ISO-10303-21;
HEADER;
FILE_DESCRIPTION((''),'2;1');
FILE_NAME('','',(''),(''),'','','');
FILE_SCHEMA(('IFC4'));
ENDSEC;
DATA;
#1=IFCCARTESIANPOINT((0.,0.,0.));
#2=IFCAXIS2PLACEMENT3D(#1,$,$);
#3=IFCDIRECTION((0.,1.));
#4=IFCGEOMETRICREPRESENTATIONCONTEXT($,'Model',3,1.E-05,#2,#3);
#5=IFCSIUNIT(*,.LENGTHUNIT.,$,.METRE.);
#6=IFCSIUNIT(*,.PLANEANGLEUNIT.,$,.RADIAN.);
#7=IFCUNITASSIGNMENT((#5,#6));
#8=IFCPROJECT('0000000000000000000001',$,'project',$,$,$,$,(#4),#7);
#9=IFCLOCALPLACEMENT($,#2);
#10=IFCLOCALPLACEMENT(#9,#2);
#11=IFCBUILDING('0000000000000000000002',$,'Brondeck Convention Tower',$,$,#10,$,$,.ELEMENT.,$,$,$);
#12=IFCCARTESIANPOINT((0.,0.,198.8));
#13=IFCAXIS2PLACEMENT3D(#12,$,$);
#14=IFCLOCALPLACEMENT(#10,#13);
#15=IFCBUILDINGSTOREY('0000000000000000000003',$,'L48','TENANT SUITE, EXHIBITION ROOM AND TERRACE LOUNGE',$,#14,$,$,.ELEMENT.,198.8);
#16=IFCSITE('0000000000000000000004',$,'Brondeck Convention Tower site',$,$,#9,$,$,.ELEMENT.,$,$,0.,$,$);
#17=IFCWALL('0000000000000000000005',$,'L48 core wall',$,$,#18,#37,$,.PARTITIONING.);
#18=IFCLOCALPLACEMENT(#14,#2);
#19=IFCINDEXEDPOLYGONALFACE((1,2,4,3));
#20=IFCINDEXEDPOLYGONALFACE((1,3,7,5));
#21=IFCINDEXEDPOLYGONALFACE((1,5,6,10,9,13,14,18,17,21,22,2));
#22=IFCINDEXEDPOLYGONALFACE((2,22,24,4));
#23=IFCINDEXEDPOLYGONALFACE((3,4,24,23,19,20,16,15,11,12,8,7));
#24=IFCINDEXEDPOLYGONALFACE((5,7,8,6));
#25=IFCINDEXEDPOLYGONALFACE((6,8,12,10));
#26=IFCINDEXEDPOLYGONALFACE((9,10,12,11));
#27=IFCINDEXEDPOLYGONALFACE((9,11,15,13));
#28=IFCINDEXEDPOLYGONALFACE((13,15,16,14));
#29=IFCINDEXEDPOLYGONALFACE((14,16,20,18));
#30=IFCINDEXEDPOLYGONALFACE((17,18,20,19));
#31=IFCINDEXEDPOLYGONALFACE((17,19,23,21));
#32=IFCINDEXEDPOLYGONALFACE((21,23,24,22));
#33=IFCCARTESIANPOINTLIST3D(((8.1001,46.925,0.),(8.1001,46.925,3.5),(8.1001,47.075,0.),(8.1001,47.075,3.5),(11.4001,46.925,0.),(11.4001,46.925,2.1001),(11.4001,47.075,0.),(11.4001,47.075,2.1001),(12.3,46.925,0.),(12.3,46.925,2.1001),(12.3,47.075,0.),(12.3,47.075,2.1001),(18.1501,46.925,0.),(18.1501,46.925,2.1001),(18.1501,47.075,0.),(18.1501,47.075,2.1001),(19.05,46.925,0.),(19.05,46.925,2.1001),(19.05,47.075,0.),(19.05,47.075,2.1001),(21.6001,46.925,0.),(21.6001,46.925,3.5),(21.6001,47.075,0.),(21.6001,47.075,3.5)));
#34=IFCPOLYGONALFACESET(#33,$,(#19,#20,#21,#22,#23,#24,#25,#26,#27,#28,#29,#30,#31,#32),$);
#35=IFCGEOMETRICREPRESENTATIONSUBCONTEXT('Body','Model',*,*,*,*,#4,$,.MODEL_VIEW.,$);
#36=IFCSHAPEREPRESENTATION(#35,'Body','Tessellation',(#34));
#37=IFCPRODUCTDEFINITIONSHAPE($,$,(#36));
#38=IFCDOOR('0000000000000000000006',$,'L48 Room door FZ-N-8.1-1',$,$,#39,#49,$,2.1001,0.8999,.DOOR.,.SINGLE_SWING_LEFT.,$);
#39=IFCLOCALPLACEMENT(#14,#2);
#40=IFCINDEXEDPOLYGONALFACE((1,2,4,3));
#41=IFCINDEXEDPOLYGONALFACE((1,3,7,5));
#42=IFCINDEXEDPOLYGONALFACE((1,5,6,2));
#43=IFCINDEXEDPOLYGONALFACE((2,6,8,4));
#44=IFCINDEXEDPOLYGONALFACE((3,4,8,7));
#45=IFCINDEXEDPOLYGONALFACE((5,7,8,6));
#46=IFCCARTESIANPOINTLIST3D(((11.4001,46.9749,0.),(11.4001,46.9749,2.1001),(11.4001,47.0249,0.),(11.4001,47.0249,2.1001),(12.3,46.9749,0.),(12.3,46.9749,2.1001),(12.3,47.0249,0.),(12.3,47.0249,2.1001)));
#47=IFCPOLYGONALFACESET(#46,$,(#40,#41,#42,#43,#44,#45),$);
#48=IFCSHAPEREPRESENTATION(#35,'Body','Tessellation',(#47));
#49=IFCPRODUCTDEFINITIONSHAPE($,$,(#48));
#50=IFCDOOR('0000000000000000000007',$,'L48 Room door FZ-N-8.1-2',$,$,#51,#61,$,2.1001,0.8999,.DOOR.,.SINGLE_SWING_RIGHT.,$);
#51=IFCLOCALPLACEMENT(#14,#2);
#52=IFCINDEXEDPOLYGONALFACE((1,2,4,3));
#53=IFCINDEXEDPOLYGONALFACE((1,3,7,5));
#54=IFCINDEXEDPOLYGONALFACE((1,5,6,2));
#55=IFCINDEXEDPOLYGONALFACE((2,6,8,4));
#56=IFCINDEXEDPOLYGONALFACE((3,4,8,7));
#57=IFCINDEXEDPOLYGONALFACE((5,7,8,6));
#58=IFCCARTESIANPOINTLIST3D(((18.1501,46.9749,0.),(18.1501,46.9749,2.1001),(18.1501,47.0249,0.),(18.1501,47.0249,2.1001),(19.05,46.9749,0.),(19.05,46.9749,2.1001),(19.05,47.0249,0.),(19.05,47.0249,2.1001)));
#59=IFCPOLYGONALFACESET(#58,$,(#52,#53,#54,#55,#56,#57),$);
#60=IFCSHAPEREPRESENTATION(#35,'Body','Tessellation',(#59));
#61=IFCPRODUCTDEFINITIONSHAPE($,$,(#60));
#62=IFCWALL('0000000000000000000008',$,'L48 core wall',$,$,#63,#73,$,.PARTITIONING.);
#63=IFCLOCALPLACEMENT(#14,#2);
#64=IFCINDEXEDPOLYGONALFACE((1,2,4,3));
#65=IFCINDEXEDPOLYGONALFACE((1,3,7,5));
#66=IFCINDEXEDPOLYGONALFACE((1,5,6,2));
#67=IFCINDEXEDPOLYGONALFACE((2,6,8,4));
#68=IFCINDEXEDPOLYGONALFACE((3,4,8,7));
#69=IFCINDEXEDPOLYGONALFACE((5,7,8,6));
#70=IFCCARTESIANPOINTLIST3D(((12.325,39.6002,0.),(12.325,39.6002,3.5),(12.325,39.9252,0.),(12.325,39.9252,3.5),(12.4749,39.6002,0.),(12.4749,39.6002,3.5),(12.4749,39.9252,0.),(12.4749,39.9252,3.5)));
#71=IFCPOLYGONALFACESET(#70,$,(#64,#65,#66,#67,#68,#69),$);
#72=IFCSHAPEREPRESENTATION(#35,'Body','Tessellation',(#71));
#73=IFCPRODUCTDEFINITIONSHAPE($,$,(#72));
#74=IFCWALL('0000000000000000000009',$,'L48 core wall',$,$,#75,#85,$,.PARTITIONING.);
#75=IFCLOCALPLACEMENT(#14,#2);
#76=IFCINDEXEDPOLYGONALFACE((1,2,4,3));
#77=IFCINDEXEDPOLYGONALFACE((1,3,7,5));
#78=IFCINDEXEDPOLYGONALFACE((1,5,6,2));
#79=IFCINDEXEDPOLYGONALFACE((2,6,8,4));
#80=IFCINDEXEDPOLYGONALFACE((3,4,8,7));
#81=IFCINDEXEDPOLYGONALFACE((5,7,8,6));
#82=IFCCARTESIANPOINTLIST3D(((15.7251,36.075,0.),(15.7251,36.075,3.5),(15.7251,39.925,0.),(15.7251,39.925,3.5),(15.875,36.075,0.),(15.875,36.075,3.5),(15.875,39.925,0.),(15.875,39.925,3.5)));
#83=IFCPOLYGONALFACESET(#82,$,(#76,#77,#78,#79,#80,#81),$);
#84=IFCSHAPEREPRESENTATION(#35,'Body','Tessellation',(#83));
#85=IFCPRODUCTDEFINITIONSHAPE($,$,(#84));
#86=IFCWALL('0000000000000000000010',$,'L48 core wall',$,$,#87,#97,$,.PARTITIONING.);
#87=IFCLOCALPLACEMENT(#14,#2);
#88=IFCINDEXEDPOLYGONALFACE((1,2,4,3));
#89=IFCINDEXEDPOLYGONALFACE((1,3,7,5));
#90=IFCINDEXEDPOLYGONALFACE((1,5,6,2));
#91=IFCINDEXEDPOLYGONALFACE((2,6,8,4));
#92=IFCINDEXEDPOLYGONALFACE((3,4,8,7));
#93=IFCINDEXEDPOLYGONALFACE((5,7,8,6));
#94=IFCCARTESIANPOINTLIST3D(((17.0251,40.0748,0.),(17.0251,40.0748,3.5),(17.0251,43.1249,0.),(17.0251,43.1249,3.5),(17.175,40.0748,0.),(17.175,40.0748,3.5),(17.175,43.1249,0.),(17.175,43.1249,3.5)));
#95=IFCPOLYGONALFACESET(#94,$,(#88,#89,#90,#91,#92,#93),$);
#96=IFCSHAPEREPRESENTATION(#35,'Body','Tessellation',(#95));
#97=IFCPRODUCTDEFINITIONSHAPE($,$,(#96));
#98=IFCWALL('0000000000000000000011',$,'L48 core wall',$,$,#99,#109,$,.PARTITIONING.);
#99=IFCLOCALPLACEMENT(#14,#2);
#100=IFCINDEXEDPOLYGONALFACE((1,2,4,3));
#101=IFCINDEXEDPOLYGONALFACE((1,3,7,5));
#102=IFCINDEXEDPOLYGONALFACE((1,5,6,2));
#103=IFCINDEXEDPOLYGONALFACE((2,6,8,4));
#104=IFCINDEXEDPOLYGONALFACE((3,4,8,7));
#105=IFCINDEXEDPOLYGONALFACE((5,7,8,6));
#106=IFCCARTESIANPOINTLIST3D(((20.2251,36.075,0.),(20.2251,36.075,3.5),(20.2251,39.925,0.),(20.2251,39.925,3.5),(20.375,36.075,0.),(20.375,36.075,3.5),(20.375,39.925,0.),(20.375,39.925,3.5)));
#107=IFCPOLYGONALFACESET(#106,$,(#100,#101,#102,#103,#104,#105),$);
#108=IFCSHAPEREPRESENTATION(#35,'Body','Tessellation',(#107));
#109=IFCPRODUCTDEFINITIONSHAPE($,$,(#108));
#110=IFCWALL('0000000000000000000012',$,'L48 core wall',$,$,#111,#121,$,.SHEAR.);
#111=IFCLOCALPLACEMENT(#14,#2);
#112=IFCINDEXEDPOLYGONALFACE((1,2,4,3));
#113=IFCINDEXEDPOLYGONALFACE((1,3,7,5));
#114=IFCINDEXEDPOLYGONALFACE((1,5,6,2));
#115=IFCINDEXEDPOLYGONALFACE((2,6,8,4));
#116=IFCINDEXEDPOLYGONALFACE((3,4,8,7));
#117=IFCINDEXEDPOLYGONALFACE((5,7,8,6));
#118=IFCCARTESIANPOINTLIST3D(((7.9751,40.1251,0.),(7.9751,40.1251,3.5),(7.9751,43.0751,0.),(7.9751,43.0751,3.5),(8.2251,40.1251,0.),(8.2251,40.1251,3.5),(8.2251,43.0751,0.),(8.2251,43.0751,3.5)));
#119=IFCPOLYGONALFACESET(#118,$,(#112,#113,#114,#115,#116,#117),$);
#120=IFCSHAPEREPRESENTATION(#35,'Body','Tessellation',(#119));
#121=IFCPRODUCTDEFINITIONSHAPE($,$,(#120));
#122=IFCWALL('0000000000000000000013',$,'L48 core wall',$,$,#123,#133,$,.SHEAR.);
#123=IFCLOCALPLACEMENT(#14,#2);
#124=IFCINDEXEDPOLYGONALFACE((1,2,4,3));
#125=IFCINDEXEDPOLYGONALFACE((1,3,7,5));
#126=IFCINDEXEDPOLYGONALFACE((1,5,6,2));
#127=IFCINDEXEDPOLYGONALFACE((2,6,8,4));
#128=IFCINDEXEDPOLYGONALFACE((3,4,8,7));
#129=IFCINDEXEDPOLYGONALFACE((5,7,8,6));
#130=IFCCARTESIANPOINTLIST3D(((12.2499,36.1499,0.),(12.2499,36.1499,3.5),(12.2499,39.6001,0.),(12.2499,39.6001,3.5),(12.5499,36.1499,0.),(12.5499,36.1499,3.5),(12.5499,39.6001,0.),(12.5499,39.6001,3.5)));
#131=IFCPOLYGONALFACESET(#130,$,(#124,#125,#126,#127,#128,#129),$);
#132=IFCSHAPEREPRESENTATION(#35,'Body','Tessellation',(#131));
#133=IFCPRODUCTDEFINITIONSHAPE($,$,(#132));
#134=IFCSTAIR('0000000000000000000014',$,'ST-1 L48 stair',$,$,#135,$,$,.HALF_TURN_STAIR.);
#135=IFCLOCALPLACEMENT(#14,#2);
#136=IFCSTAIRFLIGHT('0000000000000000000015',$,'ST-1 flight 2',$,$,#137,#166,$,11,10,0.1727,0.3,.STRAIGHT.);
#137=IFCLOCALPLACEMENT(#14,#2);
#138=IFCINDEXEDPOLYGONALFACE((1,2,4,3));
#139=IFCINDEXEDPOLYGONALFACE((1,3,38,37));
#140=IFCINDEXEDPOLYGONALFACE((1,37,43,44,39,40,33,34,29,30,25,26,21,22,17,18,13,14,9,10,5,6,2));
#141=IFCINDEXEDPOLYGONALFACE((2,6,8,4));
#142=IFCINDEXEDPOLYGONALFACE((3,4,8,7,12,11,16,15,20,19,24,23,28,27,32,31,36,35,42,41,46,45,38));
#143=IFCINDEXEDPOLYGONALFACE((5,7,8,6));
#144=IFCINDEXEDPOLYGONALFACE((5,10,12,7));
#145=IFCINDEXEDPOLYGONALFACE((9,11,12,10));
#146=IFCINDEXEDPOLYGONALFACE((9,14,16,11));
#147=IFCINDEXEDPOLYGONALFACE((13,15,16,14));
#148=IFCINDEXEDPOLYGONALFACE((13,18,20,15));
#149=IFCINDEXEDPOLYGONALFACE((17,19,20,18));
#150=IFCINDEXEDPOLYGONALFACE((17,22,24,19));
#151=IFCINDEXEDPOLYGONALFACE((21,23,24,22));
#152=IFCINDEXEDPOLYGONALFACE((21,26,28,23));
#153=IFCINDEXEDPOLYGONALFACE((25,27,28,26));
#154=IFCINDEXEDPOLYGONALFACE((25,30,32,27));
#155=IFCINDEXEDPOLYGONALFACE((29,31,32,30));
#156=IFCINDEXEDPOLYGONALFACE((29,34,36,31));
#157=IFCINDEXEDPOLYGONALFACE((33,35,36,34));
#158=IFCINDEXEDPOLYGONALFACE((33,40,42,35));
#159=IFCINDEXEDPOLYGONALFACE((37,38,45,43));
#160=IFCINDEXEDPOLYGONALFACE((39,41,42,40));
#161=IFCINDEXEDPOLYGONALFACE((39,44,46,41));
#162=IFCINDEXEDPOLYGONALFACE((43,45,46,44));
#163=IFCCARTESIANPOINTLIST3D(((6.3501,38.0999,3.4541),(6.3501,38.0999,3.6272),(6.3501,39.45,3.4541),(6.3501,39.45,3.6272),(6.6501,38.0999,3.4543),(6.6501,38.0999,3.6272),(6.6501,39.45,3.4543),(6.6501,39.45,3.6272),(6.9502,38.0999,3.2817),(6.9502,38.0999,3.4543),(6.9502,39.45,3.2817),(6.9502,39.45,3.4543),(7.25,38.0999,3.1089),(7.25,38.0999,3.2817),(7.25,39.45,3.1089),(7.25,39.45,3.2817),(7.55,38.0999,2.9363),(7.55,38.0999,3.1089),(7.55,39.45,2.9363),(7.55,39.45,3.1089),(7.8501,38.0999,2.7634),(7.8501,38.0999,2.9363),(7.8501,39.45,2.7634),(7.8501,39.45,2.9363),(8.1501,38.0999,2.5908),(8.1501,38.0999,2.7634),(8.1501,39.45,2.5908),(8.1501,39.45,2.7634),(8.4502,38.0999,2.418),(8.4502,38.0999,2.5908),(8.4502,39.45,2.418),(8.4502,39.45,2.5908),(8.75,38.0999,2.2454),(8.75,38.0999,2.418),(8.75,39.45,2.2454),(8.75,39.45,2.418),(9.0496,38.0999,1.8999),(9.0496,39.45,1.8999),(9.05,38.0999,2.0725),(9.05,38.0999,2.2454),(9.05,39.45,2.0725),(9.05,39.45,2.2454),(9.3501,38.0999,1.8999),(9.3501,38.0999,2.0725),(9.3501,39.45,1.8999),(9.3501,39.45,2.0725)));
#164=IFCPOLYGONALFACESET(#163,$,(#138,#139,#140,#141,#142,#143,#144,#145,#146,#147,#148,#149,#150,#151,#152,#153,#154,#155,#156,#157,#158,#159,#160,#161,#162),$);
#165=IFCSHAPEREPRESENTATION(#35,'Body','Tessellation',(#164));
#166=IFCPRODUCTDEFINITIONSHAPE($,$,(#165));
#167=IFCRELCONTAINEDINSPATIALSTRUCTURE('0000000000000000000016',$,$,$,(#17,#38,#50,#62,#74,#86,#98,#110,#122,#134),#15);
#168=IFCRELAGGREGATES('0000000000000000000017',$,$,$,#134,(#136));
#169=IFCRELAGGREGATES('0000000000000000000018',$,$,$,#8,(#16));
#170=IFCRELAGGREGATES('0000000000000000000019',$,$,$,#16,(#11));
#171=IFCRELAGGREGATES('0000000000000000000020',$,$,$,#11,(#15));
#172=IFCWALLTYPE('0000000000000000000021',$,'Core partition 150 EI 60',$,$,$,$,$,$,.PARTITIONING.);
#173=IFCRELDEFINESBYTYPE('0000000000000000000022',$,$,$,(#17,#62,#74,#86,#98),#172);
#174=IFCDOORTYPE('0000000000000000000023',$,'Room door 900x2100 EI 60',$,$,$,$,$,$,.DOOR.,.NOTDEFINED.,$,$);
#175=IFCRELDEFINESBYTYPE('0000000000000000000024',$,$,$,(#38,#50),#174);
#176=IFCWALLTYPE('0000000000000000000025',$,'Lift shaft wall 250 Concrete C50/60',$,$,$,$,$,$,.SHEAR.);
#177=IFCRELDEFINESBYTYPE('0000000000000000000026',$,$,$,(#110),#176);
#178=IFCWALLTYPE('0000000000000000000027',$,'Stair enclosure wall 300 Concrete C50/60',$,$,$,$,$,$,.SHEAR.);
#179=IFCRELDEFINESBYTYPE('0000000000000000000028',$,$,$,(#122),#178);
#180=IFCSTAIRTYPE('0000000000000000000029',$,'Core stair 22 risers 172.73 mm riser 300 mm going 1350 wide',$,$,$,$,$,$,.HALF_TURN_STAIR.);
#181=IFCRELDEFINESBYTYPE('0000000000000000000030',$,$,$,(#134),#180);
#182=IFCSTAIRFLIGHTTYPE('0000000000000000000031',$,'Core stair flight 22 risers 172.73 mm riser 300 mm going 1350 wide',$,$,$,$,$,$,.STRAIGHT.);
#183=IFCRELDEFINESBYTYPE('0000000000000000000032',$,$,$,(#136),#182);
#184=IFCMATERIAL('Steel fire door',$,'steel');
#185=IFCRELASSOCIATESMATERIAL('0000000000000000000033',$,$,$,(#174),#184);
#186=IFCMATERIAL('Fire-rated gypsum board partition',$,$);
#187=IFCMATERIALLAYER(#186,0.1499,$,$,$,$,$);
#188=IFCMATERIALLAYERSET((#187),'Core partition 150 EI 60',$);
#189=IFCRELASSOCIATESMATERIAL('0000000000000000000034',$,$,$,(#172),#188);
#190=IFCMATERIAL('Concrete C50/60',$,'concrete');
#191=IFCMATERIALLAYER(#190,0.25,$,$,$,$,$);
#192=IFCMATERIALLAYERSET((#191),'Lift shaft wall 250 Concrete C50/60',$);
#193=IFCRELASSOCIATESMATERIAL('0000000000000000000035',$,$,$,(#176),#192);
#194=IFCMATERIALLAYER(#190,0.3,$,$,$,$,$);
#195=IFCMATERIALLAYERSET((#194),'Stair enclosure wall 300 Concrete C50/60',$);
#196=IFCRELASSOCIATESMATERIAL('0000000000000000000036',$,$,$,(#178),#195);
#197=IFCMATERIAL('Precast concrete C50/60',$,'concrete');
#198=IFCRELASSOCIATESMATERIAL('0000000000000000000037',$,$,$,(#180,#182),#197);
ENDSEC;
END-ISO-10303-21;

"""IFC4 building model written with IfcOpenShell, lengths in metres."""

from ifc_helpers import new_model, si_unit, direction, frame, frame_2d, origin, place, context, subcontext, project, spatial, polyline, rectangle, outline, extrude, material, layer, layer_set, type_object, element, fill, aggregate, save


model = new_model("IFC4")

# Units and contexts
model_context = context("Model", 3, precision=1e-05, world=origin(), true_north=direction((0.0, 1.0)))
body_context = subcontext(model_context, "Body", "Model", "MODEL_VIEW")
ifc_project = project(units=[si_unit("LENGTHUNIT", "METRE"), si_unit("PLANEANGLEUNIT", "RADIAN")], contexts=[model_context])

# Site, building, storey
site_placement = place(None, origin())
site = spatial("IfcSite", under=ifc_project, at=site_placement, Name="Brondeck Convention Tower site", CompositionType="ELEMENT", RefElevation=0.0)
building_placement = place(site_placement, origin())
building = spatial("IfcBuilding", under=site, at=building_placement, Name="Brondeck Convention Tower", CompositionType="ELEMENT")
storey_placement = place(building_placement, frame((0.0, 0.0, 198.8)))
storey = spatial("IfcBuildingStorey", under=building, at=storey_placement, Name="L48", Description="TENANT SUITE, EXHIBITION ROOM AND TERRACE LOUNGE", CompositionType="ELEMENT", Elevation=198.8)

# Shared definitions
ifc_material_1 = material(Name="Concrete C50/60", Category="concrete")
ifc_material_2 = material(Name="Steel fire door", Category="steel")
door_type_1 = type_object("IfcDoorType", Name="Room door 900x2100 EI 60", OperationType="NOTDEFINED", PredefinedType="DOOR", material=ifc_material_2)

# Shared definitions
ifc_material_3 = material(Name="Fire-rated gypsum board partition")
ifc_layer_1 = layer(ifc_material_3, 0.1499)
ifc_layer_set_1 = layer_set([ifc_layer_1], Name="Core partition 150 EI 60")
wall_type_1 = type_object("IfcWallType", Name="Core partition 150 EI 60", PredefinedType="PARTITIONING", material=ifc_layer_set_1)

# Wall, openings, doors
wall_1_placement = place(storey_placement, frame((8.1001, 47.0, 0.0), z_axis=(0.0, 0.0, 1.0), x_axis=(1.0, 0.0, 0.0)))
wall_1 = element("IfcWall", 1, at=wall_1_placement, inside=storey, type_object=wall_type_1, Name="L48 core wall", PredefinedType="PARTITIONING", context=body_context, shape_type="SweptSolid", body=[
    extrude(rectangle(XDim=13.5, YDim=0.1499, at=frame_2d((6.75, 0.0))), origin(), (0.0, 0.0, 1.0), 3.5),
])
opening_1_placement = place(wall_1_placement, frame((3.3, 0.0, 0.0)))
opening_1 = element("IfcOpeningElement", 2, at=opening_1_placement, cuts=wall_1, PredefinedType="OPENING", context=body_context, shape_type="SweptSolid", body=[
    extrude(rectangle(XDim=0.8999, YDim=2.1001, at=frame_2d((0.45, 1.05))), frame((0.0, 0.085, 0.0), z_axis=(0.0, -1.0, 0.0), x_axis=(1.0, 0.0, 0.0)), (0.0, 0.0, 1.0), 0.1699),
])
opening_2_placement = place(wall_1_placement, frame((10.05, 0.0, 0.0)))
opening_2 = element("IfcOpeningElement", 3, at=opening_2_placement, cuts=wall_1, PredefinedType="OPENING", context=body_context, shape_type="SweptSolid", body=[
    extrude(rectangle(XDim=0.8999, YDim=2.1001, at=frame_2d((0.45, 1.05))), frame((0.0, 0.085, 0.0), z_axis=(0.0, -1.0, 0.0), x_axis=(1.0, 0.0, 0.0)), (0.0, 0.0, 1.0), 0.1699),
])
door_1_placement = place(opening_1_placement, origin())
door_1 = element("IfcDoor", 4, at=door_1_placement, inside=storey, type_object=door_type_1, Name="L48 Room door FZ-N-8.1-1", OperationType="SINGLE_SWING_LEFT", OverallHeight=2.1001, OverallWidth=0.8999, PredefinedType="DOOR", context=body_context, shape_type="SweptSolid", body=[
    extrude(rectangle(XDim=0.8999, YDim=2.1001, at=frame_2d((0.45, 1.05))), frame((0.0, 0.0249, 0.0), z_axis=(0.0, -1.0, 0.0), x_axis=(1.0, 0.0, 0.0)), (0.0, 0.0, 1.0), 0.05),
])
fill(opening_1, door_1)
door_2_placement = place(opening_2_placement, origin())
door_2 = element("IfcDoor", 5, at=door_2_placement, inside=storey, type_object=door_type_1, Name="L48 Room door FZ-N-8.1-2", OperationType="SINGLE_SWING_RIGHT", OverallHeight=2.1001, OverallWidth=0.8999, PredefinedType="DOOR", context=body_context, shape_type="SweptSolid", body=[
    extrude(rectangle(XDim=0.8999, YDim=2.1001, at=frame_2d((0.45, 1.05))), frame((0.0, 0.0249, 0.0), z_axis=(0.0, -1.0, 0.0), x_axis=(1.0, 0.0, 0.0)), (0.0, 0.0, 1.0), 0.05),
])
fill(opening_2, door_2)

# Walls
wall_2_placement = place(storey_placement, frame((12.3999, 39.6001, 0.0), z_axis=(0.0, 0.0, 1.0), x_axis=(0.0, 1.0, 0.0)))
element("IfcWall", 6, at=wall_2_placement, inside=storey, type_object=wall_type_1, Name="L48 core wall", PredefinedType="PARTITIONING", context=body_context, shape_type="SweptSolid", body=[
    extrude(rectangle(XDim=0.325, YDim=0.1499, at=frame_2d((0.1626, 0.0))), origin(), (0.0, 0.0, 1.0), 3.5),
])
wall_3_placement = place(storey_placement, frame((15.8, 36.075, 0.0), z_axis=(0.0, 0.0, 1.0), x_axis=(0.0, 1.0, 0.0)))
element("IfcWall", 7, at=wall_3_placement, inside=storey, type_object=wall_type_1, Name="L48 core wall", PredefinedType="PARTITIONING", context=body_context, shape_type="SweptSolid", body=[
    extrude(rectangle(XDim=3.8501, YDim=0.1499, at=frame_2d((1.925, 0.0))), origin(), (0.0, 0.0, 1.0), 3.5),
])
wall_4_placement = place(storey_placement, frame((17.1001, 40.075, 0.0), z_axis=(0.0, 0.0, 1.0), x_axis=(0.0, 1.0, 0.0)))
element("IfcWall", 8, at=wall_4_placement, inside=storey, type_object=wall_type_1, Name="L48 core wall", PredefinedType="PARTITIONING", context=body_context, shape_type="SweptSolid", body=[
    extrude(rectangle(XDim=3.05, YDim=0.1499, at=frame_2d((1.5249, 0.0))), origin(), (0.0, 0.0, 1.0), 3.5),
])
wall_5_placement = place(storey_placement, frame((20.3, 36.075, 0.0), z_axis=(0.0, 0.0, 1.0), x_axis=(0.0, 1.0, 0.0)))
element("IfcWall", 9, at=wall_5_placement, inside=storey, type_object=wall_type_1, Name="L48 core wall", PredefinedType="PARTITIONING", context=body_context, shape_type="SweptSolid", body=[
    extrude(rectangle(XDim=3.8501, YDim=0.1499, at=frame_2d((1.925, 0.0))), origin(), (0.0, 0.0, 1.0), 3.5),
])
ifc_layer_2 = layer(ifc_material_1, 0.25)
ifc_layer_set_2 = layer_set([ifc_layer_2], Name="Lift shaft wall 250 Concrete C50/60")
wall_type_2 = type_object("IfcWallType", Name="Lift shaft wall 250 Concrete C50/60", PredefinedType="SHEAR", material=ifc_layer_set_2)
wall_6_placement = place(storey_placement, frame((8.1001, 40.125, 0.0), z_axis=(0.0, 0.0, 1.0), x_axis=(0.0, 1.0, 0.0)))
element("IfcWall", 10, at=wall_6_placement, inside=storey, type_object=wall_type_2, Name="L48 core wall", PredefinedType="SHEAR", context=body_context, shape_type="SweptSolid", body=[
    extrude(rectangle(XDim=2.95, YDim=0.25, at=frame_2d((1.4751, 0.0))), origin(), (0.0, 0.0, 1.0), 3.5),
])
ifc_layer_3 = layer(ifc_material_1, 0.3)
ifc_layer_set_3 = layer_set([ifc_layer_3], Name="Stair enclosure wall 300 Concrete C50/60")
wall_type_3 = type_object("IfcWallType", Name="Stair enclosure wall 300 Concrete C50/60", PredefinedType="SHEAR", material=ifc_layer_set_3)
wall_7_placement = place(storey_placement, frame((12.3999, 36.1499, 0.0), z_axis=(0.0, 0.0, 1.0), x_axis=(0.0, 1.0, 0.0)))
element("IfcWall", 11, at=wall_7_placement, inside=storey, type_object=wall_type_3, Name="L48 core wall", PredefinedType="SHEAR", context=body_context, shape_type="SweptSolid", body=[
    extrude(rectangle(XDim=3.4502, YDim=0.3, at=frame_2d((1.7251, 0.0))), origin(), (0.0, 0.0, 1.0), 3.5),
])

# Stair, stair flight
ifc_material_4 = material(Name="Precast concrete C50/60", Category="concrete")
stair_type = type_object("IfcStairType", Name="Core stair 22 risers 172.73 mm riser 300 mm going 1350 wide", PredefinedType="HALF_TURN_STAIR", material=ifc_material_4)
stair_placement = place(storey_placement, origin())
stair = element("IfcStair", 12, at=stair_placement, inside=storey, type_object=stair_type, Name="ST-1 L48 stair", PredefinedType="HALF_TURN_STAIR")
stair_flight_type = type_object("IfcStairFlightType", Name="Core stair flight 22 risers 172.73 mm riser 300 mm going 1350 wide", PredefinedType="STRAIGHT", material=ifc_material_4)
stair_flight_placement = place(storey_placement, frame((9.3501, 38.7749, 1.8999), z_axis=(0.0, 0.0, 1.0), x_axis=(-1.0, 0.0, 0.0)))
stair_flight = element("IfcStairFlight", 13, at=stair_flight_placement, type_object=stair_flight_type, Name="ST-1 flight 2", NumberOfRisers=11, NumberOfTreads=10, PredefinedType="STRAIGHT", RiserHeight=0.1727, TreadLength=0.3, context=body_context, shape_type="SweptSolid", body=[
    extrude(outline(polyline([(0.0, 0.0), (0.0, 0.1726), (0.3, 0.1726), (0.3, 0.3455), (0.6001, 0.3455), (0.6001, 0.5181), (0.8999, 0.5181), (0.8999, 0.6909), (1.2, 0.6909), (1.2, 0.8635), (1.5, 0.8635), (1.5, 1.0364), (1.8, 1.0364), (1.8, 1.209), (2.1001, 1.209), (2.1001, 1.3818), (2.3999, 1.3818), (2.3999, 1.5544), (2.7, 1.5544), (2.7, 1.7273), (3.0, 1.7273), (3.0, 1.8999), (3.0, 1.5542), (0.3005, 0.0), (0.0, 0.0)])), frame((0.0, 0.675, 0.0), z_axis=(0.0, -1.0, 0.0), x_axis=(1.0, 0.0, 0.0)), (0.0, 0.0, 1.0), 1.3501),
])
aggregate(stair, [stair_flight])

save(model, "model.ifc")
